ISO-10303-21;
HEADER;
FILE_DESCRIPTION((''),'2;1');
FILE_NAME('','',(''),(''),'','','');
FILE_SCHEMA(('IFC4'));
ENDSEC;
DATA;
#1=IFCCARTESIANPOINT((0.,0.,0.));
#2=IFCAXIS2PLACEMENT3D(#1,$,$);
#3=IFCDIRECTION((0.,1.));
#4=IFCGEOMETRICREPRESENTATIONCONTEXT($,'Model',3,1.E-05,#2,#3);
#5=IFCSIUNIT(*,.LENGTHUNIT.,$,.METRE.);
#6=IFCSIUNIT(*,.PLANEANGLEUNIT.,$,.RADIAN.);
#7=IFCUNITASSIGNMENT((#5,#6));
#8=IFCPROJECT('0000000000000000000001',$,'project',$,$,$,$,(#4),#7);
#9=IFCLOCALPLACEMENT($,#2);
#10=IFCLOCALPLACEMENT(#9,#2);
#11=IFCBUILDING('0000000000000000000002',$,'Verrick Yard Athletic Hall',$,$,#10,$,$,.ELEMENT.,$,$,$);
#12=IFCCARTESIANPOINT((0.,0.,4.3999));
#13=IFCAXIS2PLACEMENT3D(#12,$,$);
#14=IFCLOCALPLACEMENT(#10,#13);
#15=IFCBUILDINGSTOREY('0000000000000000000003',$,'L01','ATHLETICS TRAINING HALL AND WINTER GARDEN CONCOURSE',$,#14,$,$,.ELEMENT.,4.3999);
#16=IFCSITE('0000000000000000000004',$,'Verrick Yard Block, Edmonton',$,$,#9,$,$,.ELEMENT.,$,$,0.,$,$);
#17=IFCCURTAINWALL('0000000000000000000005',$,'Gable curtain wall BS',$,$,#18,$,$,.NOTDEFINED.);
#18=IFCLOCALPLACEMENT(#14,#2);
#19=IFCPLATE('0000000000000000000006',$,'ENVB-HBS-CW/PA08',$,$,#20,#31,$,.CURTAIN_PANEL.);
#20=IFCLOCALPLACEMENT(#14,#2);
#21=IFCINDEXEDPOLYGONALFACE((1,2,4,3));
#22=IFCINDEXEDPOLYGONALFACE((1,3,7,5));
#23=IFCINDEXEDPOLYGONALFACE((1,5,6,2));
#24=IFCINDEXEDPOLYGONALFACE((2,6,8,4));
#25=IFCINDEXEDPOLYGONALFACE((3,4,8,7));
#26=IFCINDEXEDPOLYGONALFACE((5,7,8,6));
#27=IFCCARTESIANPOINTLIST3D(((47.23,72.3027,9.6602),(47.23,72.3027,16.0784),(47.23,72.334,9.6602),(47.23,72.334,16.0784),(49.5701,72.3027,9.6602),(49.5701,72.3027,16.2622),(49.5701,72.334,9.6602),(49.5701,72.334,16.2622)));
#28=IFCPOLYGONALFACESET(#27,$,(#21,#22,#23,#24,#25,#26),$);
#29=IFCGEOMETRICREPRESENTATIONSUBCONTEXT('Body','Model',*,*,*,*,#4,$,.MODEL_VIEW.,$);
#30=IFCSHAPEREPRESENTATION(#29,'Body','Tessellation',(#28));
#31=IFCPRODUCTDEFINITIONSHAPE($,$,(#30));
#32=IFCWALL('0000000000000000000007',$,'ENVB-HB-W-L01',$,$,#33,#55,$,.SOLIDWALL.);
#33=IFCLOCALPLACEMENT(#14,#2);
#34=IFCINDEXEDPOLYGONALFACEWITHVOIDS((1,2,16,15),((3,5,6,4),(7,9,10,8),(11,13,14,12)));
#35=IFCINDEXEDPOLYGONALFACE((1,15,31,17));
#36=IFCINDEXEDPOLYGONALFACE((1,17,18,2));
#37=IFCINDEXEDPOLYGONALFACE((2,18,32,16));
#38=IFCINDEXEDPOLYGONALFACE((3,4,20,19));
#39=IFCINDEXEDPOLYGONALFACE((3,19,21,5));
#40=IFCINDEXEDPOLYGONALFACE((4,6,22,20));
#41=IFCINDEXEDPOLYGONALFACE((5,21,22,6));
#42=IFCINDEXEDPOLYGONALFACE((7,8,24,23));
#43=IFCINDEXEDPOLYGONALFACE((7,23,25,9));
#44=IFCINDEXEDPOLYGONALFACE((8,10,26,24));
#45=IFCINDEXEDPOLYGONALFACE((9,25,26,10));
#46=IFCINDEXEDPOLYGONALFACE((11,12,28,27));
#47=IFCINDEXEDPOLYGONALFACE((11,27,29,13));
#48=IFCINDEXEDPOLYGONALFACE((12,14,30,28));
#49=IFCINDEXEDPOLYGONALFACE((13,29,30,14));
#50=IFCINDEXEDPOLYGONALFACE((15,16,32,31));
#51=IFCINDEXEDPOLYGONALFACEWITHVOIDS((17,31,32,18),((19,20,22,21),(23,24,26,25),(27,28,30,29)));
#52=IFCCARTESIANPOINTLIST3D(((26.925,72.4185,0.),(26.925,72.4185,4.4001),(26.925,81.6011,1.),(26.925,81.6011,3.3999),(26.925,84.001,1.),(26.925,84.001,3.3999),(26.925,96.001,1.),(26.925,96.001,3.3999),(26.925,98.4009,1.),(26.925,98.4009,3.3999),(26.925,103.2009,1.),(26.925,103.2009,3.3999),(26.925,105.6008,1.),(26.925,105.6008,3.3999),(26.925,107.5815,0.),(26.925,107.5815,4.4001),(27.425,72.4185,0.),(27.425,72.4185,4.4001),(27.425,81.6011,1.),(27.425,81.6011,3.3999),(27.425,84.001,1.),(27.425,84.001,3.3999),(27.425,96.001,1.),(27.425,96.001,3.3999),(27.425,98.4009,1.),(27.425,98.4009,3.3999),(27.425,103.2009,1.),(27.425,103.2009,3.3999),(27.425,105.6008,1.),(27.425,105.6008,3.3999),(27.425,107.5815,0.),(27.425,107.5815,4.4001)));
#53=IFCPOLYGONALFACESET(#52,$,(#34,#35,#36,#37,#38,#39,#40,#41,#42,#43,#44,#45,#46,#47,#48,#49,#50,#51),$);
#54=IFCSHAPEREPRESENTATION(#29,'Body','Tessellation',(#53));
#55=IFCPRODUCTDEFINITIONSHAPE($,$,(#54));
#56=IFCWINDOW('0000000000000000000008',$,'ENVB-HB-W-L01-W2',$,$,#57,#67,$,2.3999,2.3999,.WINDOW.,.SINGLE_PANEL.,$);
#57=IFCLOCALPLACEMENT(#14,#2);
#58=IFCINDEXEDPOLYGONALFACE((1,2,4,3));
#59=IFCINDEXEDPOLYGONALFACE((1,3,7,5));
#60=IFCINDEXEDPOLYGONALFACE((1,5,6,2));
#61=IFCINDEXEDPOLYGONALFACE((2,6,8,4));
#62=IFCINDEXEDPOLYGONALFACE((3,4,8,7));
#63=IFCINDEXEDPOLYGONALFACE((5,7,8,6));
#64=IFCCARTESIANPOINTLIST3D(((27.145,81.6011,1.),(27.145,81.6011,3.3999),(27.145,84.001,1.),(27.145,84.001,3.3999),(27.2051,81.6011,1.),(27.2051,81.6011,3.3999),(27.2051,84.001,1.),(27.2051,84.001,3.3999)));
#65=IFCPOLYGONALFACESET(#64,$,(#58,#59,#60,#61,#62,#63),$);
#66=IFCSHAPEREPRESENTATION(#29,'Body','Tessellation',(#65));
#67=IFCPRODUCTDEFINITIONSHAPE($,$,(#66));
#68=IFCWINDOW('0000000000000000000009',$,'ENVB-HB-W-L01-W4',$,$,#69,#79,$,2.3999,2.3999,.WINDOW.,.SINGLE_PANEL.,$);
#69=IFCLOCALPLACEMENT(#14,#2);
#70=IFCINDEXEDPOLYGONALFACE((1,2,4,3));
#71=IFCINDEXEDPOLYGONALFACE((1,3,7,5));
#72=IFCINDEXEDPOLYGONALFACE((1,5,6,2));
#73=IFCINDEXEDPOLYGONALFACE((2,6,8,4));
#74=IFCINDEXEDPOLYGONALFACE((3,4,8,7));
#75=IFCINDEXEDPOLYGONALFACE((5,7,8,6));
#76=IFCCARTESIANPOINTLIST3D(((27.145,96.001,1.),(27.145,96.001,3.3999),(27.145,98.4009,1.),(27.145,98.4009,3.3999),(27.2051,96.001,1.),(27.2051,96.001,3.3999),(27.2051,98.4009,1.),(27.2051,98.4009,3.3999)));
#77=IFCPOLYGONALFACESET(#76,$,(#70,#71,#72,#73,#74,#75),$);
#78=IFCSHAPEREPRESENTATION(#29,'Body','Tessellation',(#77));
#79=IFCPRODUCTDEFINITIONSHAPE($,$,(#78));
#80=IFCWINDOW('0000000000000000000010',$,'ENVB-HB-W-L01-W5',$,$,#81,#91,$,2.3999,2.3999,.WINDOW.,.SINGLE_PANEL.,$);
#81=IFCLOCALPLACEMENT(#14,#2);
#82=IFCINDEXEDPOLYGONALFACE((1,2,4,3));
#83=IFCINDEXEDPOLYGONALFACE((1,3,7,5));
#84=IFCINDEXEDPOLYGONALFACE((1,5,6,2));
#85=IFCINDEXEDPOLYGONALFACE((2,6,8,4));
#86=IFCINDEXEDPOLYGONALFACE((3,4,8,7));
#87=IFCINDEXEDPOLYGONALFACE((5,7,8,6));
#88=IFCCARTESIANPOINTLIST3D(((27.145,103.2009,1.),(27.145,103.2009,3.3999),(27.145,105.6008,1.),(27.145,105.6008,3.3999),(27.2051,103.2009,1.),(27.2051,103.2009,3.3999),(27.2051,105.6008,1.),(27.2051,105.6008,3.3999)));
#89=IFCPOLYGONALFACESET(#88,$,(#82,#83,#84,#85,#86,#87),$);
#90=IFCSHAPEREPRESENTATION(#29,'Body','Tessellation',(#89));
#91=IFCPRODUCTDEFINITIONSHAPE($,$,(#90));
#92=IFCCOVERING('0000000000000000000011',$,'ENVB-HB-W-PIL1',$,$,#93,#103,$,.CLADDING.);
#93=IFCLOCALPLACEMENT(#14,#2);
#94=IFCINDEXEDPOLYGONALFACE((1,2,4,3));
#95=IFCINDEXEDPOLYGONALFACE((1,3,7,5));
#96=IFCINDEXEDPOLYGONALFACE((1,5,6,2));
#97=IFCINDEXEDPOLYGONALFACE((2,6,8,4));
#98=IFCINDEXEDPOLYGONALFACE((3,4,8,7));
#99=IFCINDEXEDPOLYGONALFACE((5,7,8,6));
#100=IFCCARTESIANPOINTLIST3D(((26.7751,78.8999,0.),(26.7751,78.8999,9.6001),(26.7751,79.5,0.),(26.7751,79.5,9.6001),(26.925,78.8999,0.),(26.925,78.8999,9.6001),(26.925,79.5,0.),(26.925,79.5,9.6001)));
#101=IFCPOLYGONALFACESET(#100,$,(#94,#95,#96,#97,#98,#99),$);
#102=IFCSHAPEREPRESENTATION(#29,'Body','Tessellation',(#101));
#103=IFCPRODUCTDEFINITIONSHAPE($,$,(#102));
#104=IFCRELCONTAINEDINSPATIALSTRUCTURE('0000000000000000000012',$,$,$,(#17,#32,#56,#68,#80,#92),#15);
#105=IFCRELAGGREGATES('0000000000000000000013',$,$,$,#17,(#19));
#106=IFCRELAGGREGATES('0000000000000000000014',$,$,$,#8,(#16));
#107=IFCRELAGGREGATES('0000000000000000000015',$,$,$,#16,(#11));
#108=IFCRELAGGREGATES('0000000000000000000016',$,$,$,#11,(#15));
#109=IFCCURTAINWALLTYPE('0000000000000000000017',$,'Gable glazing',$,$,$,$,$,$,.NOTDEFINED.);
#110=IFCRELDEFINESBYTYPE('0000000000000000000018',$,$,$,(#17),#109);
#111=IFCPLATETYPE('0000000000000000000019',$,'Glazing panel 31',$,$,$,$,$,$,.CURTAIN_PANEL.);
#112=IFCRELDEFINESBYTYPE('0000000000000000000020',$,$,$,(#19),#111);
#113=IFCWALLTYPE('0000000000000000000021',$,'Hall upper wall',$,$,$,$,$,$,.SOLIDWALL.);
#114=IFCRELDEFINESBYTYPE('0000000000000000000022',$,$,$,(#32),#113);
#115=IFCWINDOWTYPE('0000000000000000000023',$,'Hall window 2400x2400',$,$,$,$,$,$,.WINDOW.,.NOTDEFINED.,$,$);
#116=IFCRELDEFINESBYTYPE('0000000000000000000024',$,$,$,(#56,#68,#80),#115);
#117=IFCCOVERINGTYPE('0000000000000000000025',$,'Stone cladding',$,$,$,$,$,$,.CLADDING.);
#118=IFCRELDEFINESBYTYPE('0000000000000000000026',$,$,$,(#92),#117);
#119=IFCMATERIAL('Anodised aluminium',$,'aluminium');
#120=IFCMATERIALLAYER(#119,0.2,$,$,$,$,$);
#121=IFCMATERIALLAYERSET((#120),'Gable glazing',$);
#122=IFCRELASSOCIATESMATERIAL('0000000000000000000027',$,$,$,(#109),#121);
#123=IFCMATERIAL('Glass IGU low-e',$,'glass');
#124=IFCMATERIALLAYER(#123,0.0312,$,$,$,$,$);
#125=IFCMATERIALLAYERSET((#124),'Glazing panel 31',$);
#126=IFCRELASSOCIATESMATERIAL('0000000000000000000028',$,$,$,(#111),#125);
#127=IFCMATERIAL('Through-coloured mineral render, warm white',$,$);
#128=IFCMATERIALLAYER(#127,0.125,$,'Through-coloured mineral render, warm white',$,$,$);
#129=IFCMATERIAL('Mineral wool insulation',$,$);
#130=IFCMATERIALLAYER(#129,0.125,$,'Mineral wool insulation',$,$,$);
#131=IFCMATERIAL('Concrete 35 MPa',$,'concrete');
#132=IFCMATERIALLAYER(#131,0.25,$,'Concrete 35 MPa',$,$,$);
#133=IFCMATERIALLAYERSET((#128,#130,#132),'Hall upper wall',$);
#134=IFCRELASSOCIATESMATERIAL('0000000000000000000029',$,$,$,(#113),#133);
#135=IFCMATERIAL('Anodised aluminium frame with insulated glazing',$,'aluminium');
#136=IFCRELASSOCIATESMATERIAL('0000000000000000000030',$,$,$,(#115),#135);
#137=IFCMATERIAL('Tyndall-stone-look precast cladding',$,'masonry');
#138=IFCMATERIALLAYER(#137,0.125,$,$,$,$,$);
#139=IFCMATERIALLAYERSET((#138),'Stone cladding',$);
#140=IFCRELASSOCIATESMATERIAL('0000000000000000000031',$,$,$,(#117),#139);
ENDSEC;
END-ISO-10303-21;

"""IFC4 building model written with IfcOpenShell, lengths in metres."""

from ifc_helpers import new_model, si_unit, direction, frame, frame_2d, origin, origin_2d, place, context, subcontext, project, spatial, polyline, rectangle, outline, extrude, material, layer, layer_set, type_object, element, fill, aggregate, save


model = new_model("IFC4")

# Units and contexts
model_context = context("Model", 3, precision=1e-05, world=origin(), true_north=direction((0.0, 1.0)))
body_context = subcontext(model_context, "Body", "Model", "MODEL_VIEW")
ifc_project = project(units=[si_unit("LENGTHUNIT", "METRE"), si_unit("PLANEANGLEUNIT", "RADIAN")], contexts=[model_context])

# Site, building, storey
site_placement = place(None, origin())
site = spatial("IfcSite", under=ifc_project, at=site_placement, Name="Verrick Yard Block, Edmonton", CompositionType="ELEMENT", RefElevation=0.0)
building_placement = place(site_placement, origin())
building = spatial("IfcBuilding", under=site, at=building_placement, Name="Verrick Yard Athletic Hall", CompositionType="ELEMENT")
storey_placement = place(building_placement, frame((0.0, 0.0, 4.3999)))
storey = spatial("IfcBuildingStorey", under=building, at=storey_placement, Name="L01", Description="ATHLETICS TRAINING HALL AND WINTER GARDEN CONCOURSE", CompositionType="ELEMENT", Elevation=4.3999)

# Curtain wall
ifc_material_1 = material(Name="Anodised aluminium", Category="aluminium")
ifc_layer_1 = layer(ifc_material_1, 0.2)
ifc_layer_set_1 = layer_set([ifc_layer_1], Name="Gable glazing")
curtain_wall_type = type_object("IfcCurtainWallType", Name="Gable glazing", PredefinedType="NOTDEFINED", material=ifc_layer_set_1)
curtain_wall_placement = place(storey_placement, origin())
curtain_wall = element("IfcCurtainWall", 1, at=curtain_wall_placement, inside=storey, type_object=curtain_wall_type, Name="Gable curtain wall BS", PredefinedType="NOTDEFINED")

# Plate
ifc_material_2 = material(Name="Glass IGU low-e", Category="glass")
ifc_layer_2 = layer(ifc_material_2, 0.0312)
ifc_layer_set_2 = layer_set([ifc_layer_2], Name="Glazing panel 31")
plate_type = type_object("IfcPlateType", Name="Glazing panel 31", PredefinedType="CURTAIN_PANEL", material=ifc_layer_set_2)
plate_1_placement = place(storey_placement, frame((47.23, 72.3184, 9.6602), z_axis=(0.0, 0.0, 1.0), x_axis=(1.0, 0.0, 0.0)))
plate_1 = element("IfcPlate", 2, at=plate_1_placement, type_object=plate_type, Name="ENVB-HBS-CW/PA08", PredefinedType="CURTAIN_PANEL", context=body_context, shape_type="SweptSolid", body=[
    extrude(outline(polyline([(0.0, 6.4182), (2.3401, 6.6021), (2.3401, 0.0), (0.0, 0.0), (0.0, 6.4182)])), frame((0.0, 0.0156, 0.0), z_axis=(0.0, -1.0, 0.0), x_axis=(1.0, 0.0, 0.0)), (0.0, 0.0, 1.0), 0.0312),
])
aggregate(curtain_wall, [plate_1])

# Wall, openings, windows
ifc_material_3 = material(Name="Through-coloured mineral render, warm white")
ifc_layer_3 = layer(ifc_material_3, 0.125, Name="Through-coloured mineral render, warm white")
ifc_material_4 = material(Name="Mineral wool insulation")
ifc_layer_4 = layer(ifc_material_4, 0.125, Name="Mineral wool insulation")
ifc_material_5 = material(Name="Concrete 35 MPa", Category="concrete")
ifc_layer_5 = layer(ifc_material_5, 0.25, Name="Concrete 35 MPa")
ifc_layer_set_3 = layer_set([ifc_layer_3, ifc_layer_4, ifc_layer_5], Name="Hall upper wall")
wall_type = type_object("IfcWallType", Name="Hall upper wall", PredefinedType="SOLIDWALL", material=ifc_layer_set_3)
wall_placement = place(storey_placement, frame((27.175, 72.4185, 0.0), z_axis=(0.0, 0.0, 1.0), x_axis=(0.0, 1.0, 0.0)))
wall = element("IfcWall", 3, at=wall_placement, inside=storey, type_object=wall_type, Name="ENVB-HB-W-L01", PredefinedType="SOLIDWALL", context=body_context, shape_type="SweptSolid", body=[
    extrude(rectangle(XDim=35.1631, YDim=0.5, at=frame_2d((17.5815, 0.0))), origin(), (0.0, 0.0, 1.0), 4.4001),
])
opening_1_placement = place(wall_placement, frame((9.1826, 0.0, 1.0)))
opening_1 = element("IfcOpeningElement", 4, at=opening_1_placement, cuts=wall, PredefinedType="OPENING", context=body_context, shape_type="SweptSolid", body=[
    extrude(rectangle(XDim=2.3999, YDim=2.3999, at=frame_2d((1.2, 1.2))), frame((0.0, 0.26, 0.0), z_axis=(0.0, -1.0, 0.0), x_axis=(1.0, 0.0, 0.0)), (0.0, 0.0, 1.0), 0.52),
])
opening_2_placement = place(wall_placement, frame((23.5825, 0.0, 1.0)))
opening_2 = element("IfcOpeningElement", 5, at=opening_2_placement, cuts=wall, PredefinedType="OPENING", context=body_context, shape_type="SweptSolid", body=[
    extrude(rectangle(XDim=2.3999, YDim=2.3999, at=frame_2d((1.2, 1.2))), frame((0.0, 0.26, 0.0), z_axis=(0.0, -1.0, 0.0), x_axis=(1.0, 0.0, 0.0)), (0.0, 0.0, 1.0), 0.52),
])
opening_3_placement = place(wall_placement, frame((30.7825, 0.0, 1.0)))
opening_3 = element("IfcOpeningElement", 6, at=opening_3_placement, cuts=wall, PredefinedType="OPENING", context=body_context, shape_type="SweptSolid", body=[
    extrude(rectangle(XDim=2.3999, YDim=2.3999, at=frame_2d((1.2, 1.2))), frame((0.0, 0.26, 0.0), z_axis=(0.0, -1.0, 0.0), x_axis=(1.0, 0.0, 0.0)), (0.0, 0.0, 1.0), 0.52),
])
ifc_material_6 = material(Name="Anodised aluminium frame with insulated glazing", Category="aluminium")
window_type = type_object("IfcWindowType", Name="Hall window 2400x2400", PartitioningType="NOTDEFINED", PredefinedType="WINDOW", material=ifc_material_6)
window_1_placement = place(opening_1_placement, origin())
window_1 = element("IfcWindow", 7, at=window_1_placement, inside=storey, type_object=window_type, Name="ENVB-HB-W-L01-W2", OverallHeight=2.3999, OverallWidth=2.3999, PartitioningType="SINGLE_PANEL", PredefinedType="WINDOW", context=body_context, shape_type="SweptSolid", body=[
    extrude(rectangle(XDim=2.3999, YDim=2.3999, at=frame_2d((1.2, 1.2))), frame((0.0, 0.03, 0.0), z_axis=(0.0, -1.0, 0.0), x_axis=(1.0, 0.0, 0.0)), (0.0, 0.0, 1.0), 0.0601),
])
fill(opening_1, window_1)
window_2_placement = place(opening_2_placement, origin())
window_2 = element("IfcWindow", 8, at=window_2_placement, inside=storey, type_object=window_type, Name="ENVB-HB-W-L01-W4", OverallHeight=2.3999, OverallWidth=2.3999, PartitioningType="SINGLE_PANEL", PredefinedType="WINDOW", context=body_context, shape_type="SweptSolid", body=[
    extrude(rectangle(XDim=2.3999, YDim=2.3999, at=frame_2d((1.2, 1.2))), frame((0.0, 0.03, 0.0), z_axis=(0.0, -1.0, 0.0), x_axis=(1.0, 0.0, 0.0)), (0.0, 0.0, 1.0), 0.0601),
])
fill(opening_2, window_2)
window_3_placement = place(opening_3_placement, origin())
window_3 = element("IfcWindow", 9, at=window_3_placement, inside=storey, type_object=window_type, Name="ENVB-HB-W-L01-W5", OverallHeight=2.3999, OverallWidth=2.3999, PartitioningType="SINGLE_PANEL", PredefinedType="WINDOW", context=body_context, shape_type="SweptSolid", body=[
    extrude(rectangle(XDim=2.3999, YDim=2.3999, at=frame_2d((1.2, 1.2))), frame((0.0, 0.03, 0.0), z_axis=(0.0, -1.0, 0.0), x_axis=(1.0, 0.0, 0.0)), (0.0, 0.0, 1.0), 0.0601),
])
fill(opening_3, window_3)

# Covering
ifc_material_7 = material(Name="Tyndall-stone-look precast cladding", Category="masonry")
ifc_layer_6 = layer(ifc_material_7, 0.125)
ifc_layer_set_4 = layer_set([ifc_layer_6], Name="Stone cladding")
covering_type = type_object("IfcCoveringType", Name="Stone cladding", PredefinedType="CLADDING", material=ifc_layer_set_4)
covering_placement = place(storey_placement, frame((26.8501, 79.2, 0.0), z_axis=(0.0, 0.0, 1.0), x_axis=(1.0, 0.0, 0.0)))
element("IfcCovering", 10, at=covering_placement, inside=storey, type_object=covering_type, Name="ENVB-HB-W-PIL1", PredefinedType="CLADDING", context=body_context, shape_type="SweptSolid", body=[
    extrude(rectangle(XDim=0.1499, YDim=0.6001, at=origin_2d()), origin(), (0.0, 0.0, 1.0), 9.6001),
])

save(model, "model.ifc")
